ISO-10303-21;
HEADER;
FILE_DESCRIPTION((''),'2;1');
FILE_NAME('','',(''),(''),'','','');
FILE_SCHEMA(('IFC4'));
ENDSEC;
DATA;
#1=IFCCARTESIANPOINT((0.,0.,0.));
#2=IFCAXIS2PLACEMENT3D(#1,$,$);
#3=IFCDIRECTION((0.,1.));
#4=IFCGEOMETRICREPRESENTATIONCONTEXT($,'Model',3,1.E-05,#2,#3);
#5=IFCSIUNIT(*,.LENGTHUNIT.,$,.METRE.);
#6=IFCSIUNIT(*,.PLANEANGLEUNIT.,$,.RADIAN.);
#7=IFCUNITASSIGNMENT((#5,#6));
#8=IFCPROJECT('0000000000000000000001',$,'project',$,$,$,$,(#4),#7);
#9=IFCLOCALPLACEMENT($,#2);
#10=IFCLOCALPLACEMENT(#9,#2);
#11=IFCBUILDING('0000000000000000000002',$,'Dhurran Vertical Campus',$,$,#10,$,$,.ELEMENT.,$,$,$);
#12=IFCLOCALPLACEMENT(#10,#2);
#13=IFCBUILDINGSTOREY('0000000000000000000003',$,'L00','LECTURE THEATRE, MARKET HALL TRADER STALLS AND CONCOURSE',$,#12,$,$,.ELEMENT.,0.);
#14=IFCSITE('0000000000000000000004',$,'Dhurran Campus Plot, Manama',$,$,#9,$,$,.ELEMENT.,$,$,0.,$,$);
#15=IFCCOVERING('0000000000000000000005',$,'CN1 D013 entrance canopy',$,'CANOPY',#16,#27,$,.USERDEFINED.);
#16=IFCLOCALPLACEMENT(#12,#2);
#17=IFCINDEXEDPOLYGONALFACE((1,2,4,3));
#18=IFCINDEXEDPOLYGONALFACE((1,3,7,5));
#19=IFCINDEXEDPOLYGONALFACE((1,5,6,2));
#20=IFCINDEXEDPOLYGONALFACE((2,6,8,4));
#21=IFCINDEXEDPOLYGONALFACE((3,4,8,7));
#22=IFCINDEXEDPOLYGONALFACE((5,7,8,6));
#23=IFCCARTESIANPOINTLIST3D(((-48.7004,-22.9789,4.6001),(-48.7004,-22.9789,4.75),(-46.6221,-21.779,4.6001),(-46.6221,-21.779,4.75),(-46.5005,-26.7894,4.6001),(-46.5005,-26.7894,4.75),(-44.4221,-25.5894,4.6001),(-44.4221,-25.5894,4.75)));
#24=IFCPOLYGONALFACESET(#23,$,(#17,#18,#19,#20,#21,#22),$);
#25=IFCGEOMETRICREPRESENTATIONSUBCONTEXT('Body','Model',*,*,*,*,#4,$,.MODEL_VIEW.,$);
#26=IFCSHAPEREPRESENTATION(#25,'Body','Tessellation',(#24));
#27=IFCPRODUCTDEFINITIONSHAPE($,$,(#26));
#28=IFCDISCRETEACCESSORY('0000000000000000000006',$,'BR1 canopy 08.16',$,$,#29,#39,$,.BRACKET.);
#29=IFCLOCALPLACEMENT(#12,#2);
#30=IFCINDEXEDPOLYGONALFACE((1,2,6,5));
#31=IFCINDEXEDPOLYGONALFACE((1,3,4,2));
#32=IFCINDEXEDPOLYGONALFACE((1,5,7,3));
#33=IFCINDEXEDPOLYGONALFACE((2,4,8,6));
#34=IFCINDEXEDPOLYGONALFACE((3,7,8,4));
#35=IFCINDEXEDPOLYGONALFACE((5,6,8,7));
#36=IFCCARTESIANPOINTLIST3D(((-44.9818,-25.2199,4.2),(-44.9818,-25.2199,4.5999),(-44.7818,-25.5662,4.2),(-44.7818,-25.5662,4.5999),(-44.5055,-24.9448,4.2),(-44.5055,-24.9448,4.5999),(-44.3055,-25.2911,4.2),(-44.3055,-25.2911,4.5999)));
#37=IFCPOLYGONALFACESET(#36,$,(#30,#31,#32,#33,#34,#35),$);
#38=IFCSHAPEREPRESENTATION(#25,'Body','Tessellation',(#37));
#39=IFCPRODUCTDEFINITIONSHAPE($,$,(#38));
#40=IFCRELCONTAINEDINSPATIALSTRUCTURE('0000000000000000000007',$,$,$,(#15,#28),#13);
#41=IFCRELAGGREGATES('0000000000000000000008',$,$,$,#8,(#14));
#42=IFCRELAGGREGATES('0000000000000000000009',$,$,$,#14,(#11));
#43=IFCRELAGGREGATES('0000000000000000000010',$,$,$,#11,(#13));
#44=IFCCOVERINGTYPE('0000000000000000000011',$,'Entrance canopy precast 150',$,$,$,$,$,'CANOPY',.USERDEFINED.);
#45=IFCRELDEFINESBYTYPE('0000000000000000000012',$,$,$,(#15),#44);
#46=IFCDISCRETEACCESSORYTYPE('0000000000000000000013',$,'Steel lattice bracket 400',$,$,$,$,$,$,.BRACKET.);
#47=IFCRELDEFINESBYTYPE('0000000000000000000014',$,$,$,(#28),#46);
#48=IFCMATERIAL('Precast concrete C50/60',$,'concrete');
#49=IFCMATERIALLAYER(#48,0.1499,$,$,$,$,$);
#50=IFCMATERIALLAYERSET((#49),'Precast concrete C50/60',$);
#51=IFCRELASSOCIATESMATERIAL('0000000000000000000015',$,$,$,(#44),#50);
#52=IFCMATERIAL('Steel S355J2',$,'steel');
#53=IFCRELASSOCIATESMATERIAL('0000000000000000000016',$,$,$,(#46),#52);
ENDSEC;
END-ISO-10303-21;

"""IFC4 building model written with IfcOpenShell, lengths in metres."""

from ifc_helpers import new_model, si_unit, direction, frame, origin, origin_2d, place, context, subcontext, project, spatial, rectangle, extrude, material, layer, layer_set, material_profile, profile_set, type_object, element, save


model = new_model("IFC4")

# Units and contexts
model_context = context("Model", 3, precision=1e-05, world=origin(), true_north=direction((0.0, 1.0)))
body_context = subcontext(model_context, "Body", "Model", "MODEL_VIEW")
ifc_project = project(units=[si_unit("LENGTHUNIT", "METRE"), si_unit("PLANEANGLEUNIT", "RADIAN")], contexts=[model_context])

# Site, building, storey
site_placement = place(None, origin())
site = spatial("IfcSite", under=ifc_project, at=site_placement, Name="Dhurran Campus Plot, Manama", CompositionType="ELEMENT", RefElevation=0.0)
building_placement = place(site_placement, origin())
building = spatial("IfcBuilding", under=site, at=building_placement, Name="Dhurran Vertical Campus", CompositionType="ELEMENT")
storey_placement = place(building_placement, origin())
storey = spatial("IfcBuildingStorey", under=building, at=storey_placement, Name="L00", Description="LECTURE THEATRE, MARKET HALL TRADER STALLS AND CONCOURSE", CompositionType="ELEMENT", Elevation=0.0)

# Covering
ifc_material_1 = material(Name="Precast concrete C50/60", Category="concrete")
ifc_layer_1 = layer(ifc_material_1, 0.1499)
ifc_layer_set_1 = layer_set([ifc_layer_1], Name="Precast concrete C50/60")
covering_type = type_object("IfcCoveringType", Name="Entrance canopy precast 150", ElementType="CANOPY", PredefinedType="USERDEFINED", material=ifc_layer_set_1)
covering_placement = place(storey_placement, frame((-46.5613, -24.2842, 4.6001), z_axis=(0.0, 0.0, 1.0), x_axis=(0.5, -0.866025, 0.0)))
element("IfcCovering", 1, at=covering_placement, inside=storey, type_object=covering_type, Name="CN1 D013 entrance canopy", ObjectType="CANOPY", PredefinedType="USERDEFINED", context=body_context, shape_type="SweptSolid", body=[
    extrude(rectangle(XDim=4.3999, YDim=2.3999, at=origin_2d()), origin(), (0.0, 0.0, 1.0), 0.1499),
])

# Discrete accessory
ifc_material_2 = material(Name="Steel S355J2", Category="steel")
ifc_material_profile_1 = material_profile(ifc_material_2, rectangle(XDim=0.3999, YDim=0.3999, at=origin_2d()), Name="Steel lattice bracket 400")
ifc_profile_set_1 = profile_set([ifc_material_profile_1], Name="Steel S355J2")
discrete_accessory_type = type_object("IfcDiscreteAccessoryType", Name="Steel lattice bracket 400", PredefinedType="BRACKET", material=ifc_profile_set_1)
discrete_accessory_placement = place(storey_placement, frame((-44.4055, -25.1179, 4.3999), z_axis=(-0.865912, -0.500196, 0.0), x_axis=(0.500196, -0.865912, 0.0)))
element("IfcDiscreteAccessory", 2, at=discrete_accessory_placement, inside=storey, type_object=discrete_accessory_type, Name="BR1 canopy 08.16", PredefinedType="BRACKET", context=body_context, shape_type="SweptSolid", body=[
    extrude(rectangle(XDim=0.3999, YDim=0.3999, at=origin_2d()), origin(), (0.0, 0.0, 1.0), 0.55),
])

save(model, "model.ifc")
